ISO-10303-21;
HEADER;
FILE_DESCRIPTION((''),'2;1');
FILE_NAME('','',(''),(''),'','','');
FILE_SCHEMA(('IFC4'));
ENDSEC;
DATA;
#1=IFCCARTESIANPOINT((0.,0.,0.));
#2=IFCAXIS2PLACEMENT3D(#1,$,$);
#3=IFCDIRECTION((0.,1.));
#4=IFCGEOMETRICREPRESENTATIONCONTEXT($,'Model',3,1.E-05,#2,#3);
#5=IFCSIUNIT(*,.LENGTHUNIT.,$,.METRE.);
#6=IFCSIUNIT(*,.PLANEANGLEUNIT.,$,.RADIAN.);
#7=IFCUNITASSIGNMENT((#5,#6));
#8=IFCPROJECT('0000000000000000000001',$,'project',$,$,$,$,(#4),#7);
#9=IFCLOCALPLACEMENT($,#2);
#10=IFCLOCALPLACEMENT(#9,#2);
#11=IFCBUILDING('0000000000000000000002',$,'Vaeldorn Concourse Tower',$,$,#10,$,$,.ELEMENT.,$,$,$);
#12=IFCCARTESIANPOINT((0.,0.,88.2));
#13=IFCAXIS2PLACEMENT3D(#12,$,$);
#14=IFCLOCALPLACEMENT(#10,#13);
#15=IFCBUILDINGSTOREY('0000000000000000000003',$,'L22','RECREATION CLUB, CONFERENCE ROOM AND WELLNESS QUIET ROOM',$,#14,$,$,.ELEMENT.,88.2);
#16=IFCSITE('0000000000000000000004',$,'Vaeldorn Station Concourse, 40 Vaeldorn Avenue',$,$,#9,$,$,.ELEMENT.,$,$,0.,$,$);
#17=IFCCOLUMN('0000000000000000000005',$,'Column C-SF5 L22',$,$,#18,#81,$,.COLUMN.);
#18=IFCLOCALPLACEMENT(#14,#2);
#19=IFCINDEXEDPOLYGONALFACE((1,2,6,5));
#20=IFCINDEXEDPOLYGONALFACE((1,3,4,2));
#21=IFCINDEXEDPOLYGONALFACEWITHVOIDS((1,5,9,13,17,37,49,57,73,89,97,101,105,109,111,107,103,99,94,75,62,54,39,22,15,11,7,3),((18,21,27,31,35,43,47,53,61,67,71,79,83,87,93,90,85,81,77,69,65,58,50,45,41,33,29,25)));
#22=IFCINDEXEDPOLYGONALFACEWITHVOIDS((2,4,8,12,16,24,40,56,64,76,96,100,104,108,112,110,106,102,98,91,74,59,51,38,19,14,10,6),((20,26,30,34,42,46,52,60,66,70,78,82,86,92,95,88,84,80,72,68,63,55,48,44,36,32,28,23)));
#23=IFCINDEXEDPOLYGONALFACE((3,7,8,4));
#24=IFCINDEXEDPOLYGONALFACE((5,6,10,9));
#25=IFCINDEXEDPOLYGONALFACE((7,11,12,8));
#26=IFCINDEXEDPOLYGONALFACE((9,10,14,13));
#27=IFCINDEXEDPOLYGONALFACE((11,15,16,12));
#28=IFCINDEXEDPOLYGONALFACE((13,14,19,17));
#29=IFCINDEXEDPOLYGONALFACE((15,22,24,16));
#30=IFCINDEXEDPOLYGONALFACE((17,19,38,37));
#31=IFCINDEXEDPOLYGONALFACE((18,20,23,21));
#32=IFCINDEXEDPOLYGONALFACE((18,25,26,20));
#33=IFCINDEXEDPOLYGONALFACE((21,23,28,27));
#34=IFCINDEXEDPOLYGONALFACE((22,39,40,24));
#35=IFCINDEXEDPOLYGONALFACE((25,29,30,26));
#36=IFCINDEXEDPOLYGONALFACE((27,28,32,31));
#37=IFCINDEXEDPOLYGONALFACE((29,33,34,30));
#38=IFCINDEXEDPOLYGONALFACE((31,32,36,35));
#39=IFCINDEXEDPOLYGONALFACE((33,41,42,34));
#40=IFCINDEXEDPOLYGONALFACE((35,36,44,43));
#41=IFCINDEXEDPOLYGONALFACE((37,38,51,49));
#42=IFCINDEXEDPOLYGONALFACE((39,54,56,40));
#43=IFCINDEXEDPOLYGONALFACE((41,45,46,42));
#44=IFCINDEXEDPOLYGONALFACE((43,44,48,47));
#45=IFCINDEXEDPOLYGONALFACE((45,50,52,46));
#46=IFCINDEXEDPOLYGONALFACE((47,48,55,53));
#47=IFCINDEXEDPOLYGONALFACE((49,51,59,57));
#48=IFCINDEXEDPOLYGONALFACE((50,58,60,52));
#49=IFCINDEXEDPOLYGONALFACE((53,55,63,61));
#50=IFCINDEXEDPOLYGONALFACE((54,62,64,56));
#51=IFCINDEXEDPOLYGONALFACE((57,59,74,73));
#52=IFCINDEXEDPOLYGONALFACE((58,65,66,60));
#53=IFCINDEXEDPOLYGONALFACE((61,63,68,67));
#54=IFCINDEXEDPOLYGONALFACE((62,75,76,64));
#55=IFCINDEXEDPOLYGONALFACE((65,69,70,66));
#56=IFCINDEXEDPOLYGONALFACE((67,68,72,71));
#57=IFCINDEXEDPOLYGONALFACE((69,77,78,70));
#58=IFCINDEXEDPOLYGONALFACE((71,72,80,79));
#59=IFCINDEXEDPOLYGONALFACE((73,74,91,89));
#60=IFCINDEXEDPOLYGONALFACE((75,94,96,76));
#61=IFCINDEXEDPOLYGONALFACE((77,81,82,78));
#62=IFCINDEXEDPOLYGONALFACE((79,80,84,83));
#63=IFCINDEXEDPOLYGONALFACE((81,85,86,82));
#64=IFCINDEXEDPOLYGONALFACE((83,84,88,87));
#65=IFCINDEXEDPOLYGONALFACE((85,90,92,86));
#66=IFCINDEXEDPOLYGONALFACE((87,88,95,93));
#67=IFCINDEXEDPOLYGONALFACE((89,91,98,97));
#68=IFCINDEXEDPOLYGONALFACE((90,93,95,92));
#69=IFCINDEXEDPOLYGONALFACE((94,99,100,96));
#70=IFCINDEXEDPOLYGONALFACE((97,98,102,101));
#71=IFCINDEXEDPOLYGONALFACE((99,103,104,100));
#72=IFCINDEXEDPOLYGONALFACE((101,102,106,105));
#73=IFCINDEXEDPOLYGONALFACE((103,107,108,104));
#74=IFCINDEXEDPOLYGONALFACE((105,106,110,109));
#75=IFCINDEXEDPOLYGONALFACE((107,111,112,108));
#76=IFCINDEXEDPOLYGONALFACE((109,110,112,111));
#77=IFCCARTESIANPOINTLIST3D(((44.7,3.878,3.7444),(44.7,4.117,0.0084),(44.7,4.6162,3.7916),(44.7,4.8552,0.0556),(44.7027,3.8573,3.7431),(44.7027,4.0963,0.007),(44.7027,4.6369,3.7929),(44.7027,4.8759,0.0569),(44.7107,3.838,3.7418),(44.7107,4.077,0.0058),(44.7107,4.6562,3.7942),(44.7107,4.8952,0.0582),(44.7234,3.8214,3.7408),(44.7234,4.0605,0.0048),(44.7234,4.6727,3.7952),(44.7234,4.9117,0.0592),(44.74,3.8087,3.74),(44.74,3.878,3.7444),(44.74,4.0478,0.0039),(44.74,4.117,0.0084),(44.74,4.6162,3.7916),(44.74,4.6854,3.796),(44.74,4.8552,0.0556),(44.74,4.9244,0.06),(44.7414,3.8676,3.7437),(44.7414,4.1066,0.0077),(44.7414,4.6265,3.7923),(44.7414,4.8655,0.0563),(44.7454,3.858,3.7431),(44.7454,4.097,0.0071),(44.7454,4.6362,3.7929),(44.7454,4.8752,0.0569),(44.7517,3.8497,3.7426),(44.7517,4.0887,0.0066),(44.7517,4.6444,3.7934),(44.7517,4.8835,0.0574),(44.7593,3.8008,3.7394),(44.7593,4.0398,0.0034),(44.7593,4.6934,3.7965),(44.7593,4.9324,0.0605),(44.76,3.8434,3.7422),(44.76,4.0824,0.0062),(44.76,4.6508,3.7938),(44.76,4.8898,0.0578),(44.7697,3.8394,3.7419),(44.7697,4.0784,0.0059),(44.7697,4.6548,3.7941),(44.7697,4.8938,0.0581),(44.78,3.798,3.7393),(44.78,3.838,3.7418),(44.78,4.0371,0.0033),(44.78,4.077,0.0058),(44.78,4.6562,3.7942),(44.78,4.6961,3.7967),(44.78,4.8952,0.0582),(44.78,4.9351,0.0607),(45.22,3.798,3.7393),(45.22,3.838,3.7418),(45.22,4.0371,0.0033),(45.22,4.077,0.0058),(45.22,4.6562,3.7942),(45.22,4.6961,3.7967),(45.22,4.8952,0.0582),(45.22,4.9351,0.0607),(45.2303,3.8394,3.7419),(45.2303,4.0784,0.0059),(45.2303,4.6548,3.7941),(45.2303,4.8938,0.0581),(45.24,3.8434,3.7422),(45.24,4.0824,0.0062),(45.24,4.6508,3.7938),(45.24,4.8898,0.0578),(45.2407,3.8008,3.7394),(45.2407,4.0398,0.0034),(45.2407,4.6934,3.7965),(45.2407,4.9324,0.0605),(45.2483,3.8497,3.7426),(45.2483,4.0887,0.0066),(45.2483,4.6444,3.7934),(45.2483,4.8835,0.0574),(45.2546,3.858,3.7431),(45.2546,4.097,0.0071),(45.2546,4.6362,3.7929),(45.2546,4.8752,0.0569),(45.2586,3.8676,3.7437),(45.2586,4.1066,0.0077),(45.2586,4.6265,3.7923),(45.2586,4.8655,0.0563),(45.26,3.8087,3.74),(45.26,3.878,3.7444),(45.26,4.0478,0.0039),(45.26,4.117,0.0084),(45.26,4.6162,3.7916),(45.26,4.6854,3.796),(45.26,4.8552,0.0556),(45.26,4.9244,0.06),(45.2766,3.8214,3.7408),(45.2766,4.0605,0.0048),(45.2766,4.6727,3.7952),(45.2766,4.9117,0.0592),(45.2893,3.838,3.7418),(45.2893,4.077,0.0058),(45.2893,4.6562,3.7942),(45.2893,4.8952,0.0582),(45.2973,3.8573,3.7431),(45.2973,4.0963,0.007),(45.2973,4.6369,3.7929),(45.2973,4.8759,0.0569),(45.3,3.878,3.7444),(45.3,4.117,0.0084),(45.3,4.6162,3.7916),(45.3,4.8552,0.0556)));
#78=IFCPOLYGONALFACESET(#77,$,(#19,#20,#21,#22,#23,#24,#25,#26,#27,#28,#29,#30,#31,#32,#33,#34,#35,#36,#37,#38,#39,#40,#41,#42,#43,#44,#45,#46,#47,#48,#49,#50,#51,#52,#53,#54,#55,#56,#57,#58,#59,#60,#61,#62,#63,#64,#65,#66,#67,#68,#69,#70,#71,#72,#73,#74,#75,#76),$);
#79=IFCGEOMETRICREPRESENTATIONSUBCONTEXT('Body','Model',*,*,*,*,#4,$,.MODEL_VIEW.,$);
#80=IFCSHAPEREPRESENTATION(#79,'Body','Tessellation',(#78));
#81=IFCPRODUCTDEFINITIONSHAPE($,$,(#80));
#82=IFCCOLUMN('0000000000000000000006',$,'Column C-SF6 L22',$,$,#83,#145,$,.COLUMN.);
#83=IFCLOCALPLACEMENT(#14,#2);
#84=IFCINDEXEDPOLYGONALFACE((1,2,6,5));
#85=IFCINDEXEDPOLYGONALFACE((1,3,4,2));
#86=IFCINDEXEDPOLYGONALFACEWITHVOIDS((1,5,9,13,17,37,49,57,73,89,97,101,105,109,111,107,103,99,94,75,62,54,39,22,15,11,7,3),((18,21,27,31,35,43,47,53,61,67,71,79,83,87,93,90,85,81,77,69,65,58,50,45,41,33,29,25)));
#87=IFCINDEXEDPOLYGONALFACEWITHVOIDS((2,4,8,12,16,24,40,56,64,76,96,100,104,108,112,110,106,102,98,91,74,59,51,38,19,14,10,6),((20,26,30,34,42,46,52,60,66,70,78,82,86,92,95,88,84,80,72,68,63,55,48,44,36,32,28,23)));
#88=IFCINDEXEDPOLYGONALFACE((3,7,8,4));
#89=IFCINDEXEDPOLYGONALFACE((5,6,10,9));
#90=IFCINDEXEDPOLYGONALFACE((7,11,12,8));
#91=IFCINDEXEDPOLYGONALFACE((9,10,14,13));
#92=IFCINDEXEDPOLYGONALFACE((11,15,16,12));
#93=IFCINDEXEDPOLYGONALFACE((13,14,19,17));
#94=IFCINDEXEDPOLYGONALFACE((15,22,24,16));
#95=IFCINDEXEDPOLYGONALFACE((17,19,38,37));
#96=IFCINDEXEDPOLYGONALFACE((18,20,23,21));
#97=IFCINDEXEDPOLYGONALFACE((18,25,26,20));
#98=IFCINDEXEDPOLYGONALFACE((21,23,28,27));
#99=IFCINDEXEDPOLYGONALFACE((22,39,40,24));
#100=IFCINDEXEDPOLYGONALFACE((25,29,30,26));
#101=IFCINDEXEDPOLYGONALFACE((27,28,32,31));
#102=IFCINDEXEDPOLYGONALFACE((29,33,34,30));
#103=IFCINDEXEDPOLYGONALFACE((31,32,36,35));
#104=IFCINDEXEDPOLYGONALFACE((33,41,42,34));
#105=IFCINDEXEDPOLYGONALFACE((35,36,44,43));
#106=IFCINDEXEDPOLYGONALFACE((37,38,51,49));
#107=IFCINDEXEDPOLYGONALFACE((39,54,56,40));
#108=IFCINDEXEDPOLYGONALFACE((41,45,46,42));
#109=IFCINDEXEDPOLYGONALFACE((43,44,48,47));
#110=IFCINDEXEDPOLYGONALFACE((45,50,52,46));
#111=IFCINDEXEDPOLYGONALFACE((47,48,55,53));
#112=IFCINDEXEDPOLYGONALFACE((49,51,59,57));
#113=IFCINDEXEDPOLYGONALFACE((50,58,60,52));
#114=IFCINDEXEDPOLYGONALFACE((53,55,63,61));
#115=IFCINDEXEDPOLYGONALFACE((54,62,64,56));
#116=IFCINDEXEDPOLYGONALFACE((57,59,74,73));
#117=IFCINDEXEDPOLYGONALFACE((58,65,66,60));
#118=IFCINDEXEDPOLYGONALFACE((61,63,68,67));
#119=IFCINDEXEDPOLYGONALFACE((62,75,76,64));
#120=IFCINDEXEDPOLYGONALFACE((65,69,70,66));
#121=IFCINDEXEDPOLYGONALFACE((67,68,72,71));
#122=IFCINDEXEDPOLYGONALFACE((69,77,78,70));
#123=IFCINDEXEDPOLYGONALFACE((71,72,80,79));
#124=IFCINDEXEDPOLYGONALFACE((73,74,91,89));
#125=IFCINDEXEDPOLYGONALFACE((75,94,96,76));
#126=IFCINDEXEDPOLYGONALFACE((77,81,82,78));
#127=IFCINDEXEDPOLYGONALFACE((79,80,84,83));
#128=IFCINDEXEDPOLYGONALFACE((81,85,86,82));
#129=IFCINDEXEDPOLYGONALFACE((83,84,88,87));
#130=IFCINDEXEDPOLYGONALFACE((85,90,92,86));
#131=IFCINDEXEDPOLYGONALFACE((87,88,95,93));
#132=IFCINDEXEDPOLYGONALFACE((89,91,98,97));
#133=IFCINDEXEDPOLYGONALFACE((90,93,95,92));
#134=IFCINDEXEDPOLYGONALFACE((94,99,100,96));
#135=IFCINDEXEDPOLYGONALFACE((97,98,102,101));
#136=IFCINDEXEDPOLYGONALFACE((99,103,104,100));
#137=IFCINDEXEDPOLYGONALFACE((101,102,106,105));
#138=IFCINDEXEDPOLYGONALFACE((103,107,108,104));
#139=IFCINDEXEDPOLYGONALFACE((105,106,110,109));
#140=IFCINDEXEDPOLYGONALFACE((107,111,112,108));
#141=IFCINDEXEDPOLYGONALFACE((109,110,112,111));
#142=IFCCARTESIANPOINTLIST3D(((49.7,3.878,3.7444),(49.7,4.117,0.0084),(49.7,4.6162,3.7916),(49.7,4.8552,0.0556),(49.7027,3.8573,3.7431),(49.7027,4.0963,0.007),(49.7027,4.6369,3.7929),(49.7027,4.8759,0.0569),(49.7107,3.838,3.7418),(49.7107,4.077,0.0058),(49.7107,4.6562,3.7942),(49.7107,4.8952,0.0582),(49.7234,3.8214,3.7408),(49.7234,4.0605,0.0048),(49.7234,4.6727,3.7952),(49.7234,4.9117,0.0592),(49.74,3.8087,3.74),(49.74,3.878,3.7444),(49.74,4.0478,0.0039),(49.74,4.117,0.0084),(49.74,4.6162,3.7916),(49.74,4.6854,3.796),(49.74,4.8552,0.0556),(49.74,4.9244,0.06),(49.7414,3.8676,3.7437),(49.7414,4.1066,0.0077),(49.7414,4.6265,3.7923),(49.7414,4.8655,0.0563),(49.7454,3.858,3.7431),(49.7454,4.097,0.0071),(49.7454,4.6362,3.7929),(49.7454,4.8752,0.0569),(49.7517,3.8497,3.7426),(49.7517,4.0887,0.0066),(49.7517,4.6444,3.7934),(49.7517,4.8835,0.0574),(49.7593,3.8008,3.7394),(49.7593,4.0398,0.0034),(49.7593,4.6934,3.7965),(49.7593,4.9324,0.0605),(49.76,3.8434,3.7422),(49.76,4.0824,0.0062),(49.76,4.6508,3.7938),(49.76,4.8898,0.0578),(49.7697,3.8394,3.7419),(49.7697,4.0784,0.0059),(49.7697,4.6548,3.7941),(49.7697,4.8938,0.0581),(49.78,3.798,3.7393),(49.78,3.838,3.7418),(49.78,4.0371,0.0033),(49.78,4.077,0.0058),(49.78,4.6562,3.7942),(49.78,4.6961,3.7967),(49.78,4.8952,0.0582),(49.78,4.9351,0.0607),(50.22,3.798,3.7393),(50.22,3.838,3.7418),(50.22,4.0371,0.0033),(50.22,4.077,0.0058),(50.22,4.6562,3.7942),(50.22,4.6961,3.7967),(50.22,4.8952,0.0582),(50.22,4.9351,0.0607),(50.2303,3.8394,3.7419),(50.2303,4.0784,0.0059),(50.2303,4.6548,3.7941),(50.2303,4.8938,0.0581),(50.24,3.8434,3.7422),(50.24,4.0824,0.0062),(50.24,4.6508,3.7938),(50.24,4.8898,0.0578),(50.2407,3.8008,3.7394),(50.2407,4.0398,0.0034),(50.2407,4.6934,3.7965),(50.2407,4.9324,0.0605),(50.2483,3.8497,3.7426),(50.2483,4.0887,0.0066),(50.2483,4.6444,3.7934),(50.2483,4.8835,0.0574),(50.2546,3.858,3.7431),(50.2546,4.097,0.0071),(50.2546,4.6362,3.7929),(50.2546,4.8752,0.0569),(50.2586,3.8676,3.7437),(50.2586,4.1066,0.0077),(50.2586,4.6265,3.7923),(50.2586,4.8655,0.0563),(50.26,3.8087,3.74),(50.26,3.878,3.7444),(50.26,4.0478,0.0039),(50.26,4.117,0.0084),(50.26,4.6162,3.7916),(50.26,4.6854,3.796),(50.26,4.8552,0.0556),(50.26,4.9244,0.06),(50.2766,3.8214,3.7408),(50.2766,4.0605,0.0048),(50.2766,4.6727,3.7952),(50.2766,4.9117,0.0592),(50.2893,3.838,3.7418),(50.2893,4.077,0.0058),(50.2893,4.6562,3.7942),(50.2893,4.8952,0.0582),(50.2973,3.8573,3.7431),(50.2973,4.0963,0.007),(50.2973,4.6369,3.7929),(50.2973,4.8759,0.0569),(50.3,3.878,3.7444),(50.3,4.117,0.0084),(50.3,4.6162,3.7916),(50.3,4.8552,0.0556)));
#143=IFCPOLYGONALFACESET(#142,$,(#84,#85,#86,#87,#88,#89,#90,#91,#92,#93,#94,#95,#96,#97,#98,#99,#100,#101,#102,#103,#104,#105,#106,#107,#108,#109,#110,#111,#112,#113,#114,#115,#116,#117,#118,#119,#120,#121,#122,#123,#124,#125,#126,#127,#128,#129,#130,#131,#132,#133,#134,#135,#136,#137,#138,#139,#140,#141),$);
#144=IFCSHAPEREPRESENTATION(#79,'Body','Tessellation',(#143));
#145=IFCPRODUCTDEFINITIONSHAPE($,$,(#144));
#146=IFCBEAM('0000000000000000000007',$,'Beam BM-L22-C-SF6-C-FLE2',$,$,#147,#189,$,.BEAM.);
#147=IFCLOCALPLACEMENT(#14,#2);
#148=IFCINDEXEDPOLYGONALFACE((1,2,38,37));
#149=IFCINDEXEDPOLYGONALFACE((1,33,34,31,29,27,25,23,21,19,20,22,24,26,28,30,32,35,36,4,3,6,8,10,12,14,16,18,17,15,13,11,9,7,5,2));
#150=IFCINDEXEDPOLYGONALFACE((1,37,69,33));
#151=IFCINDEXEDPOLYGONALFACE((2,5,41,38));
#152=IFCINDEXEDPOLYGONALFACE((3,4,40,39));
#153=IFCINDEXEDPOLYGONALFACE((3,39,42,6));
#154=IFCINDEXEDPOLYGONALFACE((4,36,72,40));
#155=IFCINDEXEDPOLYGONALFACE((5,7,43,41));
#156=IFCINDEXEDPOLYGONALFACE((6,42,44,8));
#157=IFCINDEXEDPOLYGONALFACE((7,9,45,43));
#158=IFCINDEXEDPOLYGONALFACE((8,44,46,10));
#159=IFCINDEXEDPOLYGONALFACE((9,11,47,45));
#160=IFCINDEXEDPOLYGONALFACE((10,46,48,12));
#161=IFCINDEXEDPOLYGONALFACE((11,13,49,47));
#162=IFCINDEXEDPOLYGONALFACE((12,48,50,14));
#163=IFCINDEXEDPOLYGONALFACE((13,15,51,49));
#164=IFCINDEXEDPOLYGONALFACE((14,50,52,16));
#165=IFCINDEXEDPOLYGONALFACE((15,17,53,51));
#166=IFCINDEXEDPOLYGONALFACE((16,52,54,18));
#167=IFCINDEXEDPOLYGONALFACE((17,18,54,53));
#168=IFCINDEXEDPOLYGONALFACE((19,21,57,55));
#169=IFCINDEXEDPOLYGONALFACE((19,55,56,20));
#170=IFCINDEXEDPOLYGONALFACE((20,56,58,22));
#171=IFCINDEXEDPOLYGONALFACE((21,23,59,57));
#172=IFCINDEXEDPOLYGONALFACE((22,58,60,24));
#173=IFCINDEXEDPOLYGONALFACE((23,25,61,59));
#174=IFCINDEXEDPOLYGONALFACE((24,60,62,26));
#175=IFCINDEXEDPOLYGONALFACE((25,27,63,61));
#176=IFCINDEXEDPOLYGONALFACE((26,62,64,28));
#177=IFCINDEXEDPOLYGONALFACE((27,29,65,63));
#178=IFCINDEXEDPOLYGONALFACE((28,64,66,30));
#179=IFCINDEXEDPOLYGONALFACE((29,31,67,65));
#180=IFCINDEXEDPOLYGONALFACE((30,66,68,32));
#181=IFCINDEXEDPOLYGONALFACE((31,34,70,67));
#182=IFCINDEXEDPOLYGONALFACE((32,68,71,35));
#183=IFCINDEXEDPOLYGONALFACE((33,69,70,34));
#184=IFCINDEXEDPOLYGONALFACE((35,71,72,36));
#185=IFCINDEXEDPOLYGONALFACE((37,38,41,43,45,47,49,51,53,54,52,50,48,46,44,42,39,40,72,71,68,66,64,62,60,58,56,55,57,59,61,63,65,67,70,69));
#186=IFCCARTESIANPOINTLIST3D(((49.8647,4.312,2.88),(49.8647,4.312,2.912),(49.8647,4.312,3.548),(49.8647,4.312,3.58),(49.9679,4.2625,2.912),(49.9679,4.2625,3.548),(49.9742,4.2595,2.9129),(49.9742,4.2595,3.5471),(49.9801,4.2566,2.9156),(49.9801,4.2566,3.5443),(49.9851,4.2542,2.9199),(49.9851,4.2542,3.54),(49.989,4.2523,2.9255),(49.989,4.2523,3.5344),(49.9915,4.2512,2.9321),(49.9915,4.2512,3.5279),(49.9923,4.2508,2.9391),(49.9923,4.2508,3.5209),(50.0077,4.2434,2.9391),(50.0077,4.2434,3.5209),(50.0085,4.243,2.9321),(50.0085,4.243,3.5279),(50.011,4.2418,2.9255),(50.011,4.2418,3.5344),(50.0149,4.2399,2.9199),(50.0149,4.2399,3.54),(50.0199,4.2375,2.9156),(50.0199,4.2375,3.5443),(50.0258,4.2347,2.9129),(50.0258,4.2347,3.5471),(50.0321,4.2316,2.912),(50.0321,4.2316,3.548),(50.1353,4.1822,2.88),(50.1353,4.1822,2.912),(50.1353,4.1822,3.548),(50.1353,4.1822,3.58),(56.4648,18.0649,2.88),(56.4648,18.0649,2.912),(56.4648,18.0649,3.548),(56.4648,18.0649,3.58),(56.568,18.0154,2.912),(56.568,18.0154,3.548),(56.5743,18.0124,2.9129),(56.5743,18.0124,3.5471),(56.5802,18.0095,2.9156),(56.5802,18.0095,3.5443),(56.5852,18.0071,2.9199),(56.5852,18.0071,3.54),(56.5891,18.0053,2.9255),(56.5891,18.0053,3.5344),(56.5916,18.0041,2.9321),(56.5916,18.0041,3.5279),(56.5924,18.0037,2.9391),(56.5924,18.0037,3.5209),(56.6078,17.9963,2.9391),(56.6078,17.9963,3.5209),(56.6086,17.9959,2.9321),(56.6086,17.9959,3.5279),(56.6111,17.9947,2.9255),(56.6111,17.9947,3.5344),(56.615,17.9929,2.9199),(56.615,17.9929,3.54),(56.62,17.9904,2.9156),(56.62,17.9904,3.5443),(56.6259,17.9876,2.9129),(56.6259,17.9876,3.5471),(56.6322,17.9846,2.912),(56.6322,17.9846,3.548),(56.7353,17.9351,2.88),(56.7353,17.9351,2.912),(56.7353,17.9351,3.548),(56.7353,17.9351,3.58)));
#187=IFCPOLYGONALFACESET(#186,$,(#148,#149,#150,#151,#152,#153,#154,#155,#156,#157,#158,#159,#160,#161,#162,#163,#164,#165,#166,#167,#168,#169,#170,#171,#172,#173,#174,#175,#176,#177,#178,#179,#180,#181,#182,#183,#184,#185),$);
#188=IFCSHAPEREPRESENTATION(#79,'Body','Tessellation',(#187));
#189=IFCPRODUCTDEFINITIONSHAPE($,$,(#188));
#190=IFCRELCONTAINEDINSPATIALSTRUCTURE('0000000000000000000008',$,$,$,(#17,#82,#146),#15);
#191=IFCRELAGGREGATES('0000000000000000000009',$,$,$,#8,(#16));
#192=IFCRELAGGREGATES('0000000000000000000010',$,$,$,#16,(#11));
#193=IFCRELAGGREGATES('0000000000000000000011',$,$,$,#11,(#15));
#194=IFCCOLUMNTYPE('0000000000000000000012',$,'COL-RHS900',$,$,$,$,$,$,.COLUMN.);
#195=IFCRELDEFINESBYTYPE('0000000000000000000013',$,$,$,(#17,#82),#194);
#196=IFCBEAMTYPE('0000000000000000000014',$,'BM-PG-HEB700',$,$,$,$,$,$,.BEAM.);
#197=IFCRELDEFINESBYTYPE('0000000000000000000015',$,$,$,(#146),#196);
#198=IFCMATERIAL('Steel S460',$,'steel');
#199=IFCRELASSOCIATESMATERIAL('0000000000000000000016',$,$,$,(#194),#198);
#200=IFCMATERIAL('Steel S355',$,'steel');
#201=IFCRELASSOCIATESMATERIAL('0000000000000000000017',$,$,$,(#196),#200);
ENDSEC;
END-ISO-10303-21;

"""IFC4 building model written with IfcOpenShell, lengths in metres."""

from ifc_helpers import new_model, si_unit, direction, frame, origin, origin_2d, place, context, subcontext, project, spatial, hollow_rectangle, i_section, extrude, source, transform, mapped, material, material_profile, profile_set, type_object, element, save


model = new_model("IFC4")

# Units and contexts
model_context = context("Model", 3, precision=1e-05, world=origin(), true_north=direction((0.0, 1.0)))
body_context = subcontext(model_context, "Body", "Model", "MODEL_VIEW")
ifc_project = project(units=[si_unit("LENGTHUNIT", "METRE"), si_unit("PLANEANGLEUNIT", "RADIAN")], contexts=[model_context])

# Site, building, storey
site_placement = place(None, origin())
site = spatial("IfcSite", under=ifc_project, at=site_placement, Name="Vaeldorn Station Concourse, 40 Vaeldorn Avenue", CompositionType="ELEMENT", RefElevation=0.0)
building_placement = place(site_placement, origin())
building = spatial("IfcBuilding", under=site, at=building_placement, Name="Vaeldorn Concourse Tower", CompositionType="ELEMENT")
storey_placement = place(building_placement, frame((0.0, 0.0, 88.2)))
storey = spatial("IfcBuildingStorey", under=building, at=storey_placement, Name="L22", Description="RECREATION CLUB, CONFERENCE ROOM AND WELLNESS QUIET ROOM", CompositionType="ELEMENT", Elevation=88.2)

# Columns
ifc_material_1 = material(Name="Steel S460", Category="steel")
ifc_material_profile_1 = material_profile(ifc_material_1, hollow_rectangle(XDim=0.6001, YDim=0.8999, WallThickness=0.04, InnerFilletRadius=0.04, OuterFilletRadius=0.0801, at=origin_2d()), Name="RHS 900x600x40")
ifc_profile_set_1 = profile_set([ifc_material_profile_1], Name="Steel S460")
column_type = type_object("IfcColumnType", Name="COL-RHS900", PredefinedType="COLUMN", material=ifc_profile_set_1)
shared_shape_1 = source(origin(), body_context, "Body", "SweptSolid", [
    extrude(hollow_rectangle(XDim=0.6001, YDim=0.8999, WallThickness=0.04, InnerFilletRadius=0.04, OuterFilletRadius=0.0801, at=origin_2d()), origin(), (0.0, 0.0, 1.0), 3.7437),
])
for number, where, z_axis, x_axis, name in (
    (1, (45.0, 4.4861, 0.032), (0.0, -0.063844, 0.99796), (1.0, 0.0, 0.0), "Column C-SF5 L22"),
    (2, (50.0, 4.4861, 0.032), (0.0, -0.063844, 0.99796), (1.0, 0.0, 0.0), "Column C-SF6 L22"),
):
    element("IfcColumn", number, at=place(storey_placement, frame(where, z_axis=z_axis, x_axis=x_axis)), inside=storey, type_object=column_type, Name=name, PredefinedType="COLUMN", context=body_context, shape_type="MappedRepresentation", body=[
        mapped(shared_shape_1, transform((0.0, 0.0, 0.0), scale=1.0)),
    ])

# Beam
ifc_material_2 = material(Name="Steel S355", Category="steel")
ifc_material_profile_2 = material_profile(ifc_material_2, i_section(OverallWidth=0.3, OverallDepth=0.7, WebThickness=0.0171, FlangeThickness=0.032, FilletRadius=0.0271, at=origin_2d()), Name="HEB 700")
ifc_profile_set_2 = profile_set([ifc_material_profile_2], Name="Steel S355")
beam_type = type_object("IfcBeamType", Name="BM-PG-HEB700", PredefinedType="BEAM", material=ifc_profile_set_2)
shared_shape_2 = source(origin(), body_context, "Body", "SweptSolid", [
    extrude(i_section(OverallWidth=0.3, OverallDepth=0.7, WebThickness=0.0171, FlangeThickness=0.032, FilletRadius=0.0271, at=origin_2d()), origin(), (0.0, 0.0, 1.0), 15.2546),
])
beam_1_placement = place(storey_placement, frame((50.0, 4.2471, 3.23), z_axis=(0.432661, 0.901557, 0.0), x_axis=(-0.901557, 0.432661, 0.0)))
element("IfcBeam", 3, at=beam_1_placement, inside=storey, type_object=beam_type, Name="Beam BM-L22-C-SF6-C-FLE2", PredefinedType="BEAM", context=body_context, shape_type="MappedRepresentation", body=[
    mapped(shared_shape_2, transform((0.0, 0.0, 0.0), scale=1.0)),
])

save(model, "model.ifc")
